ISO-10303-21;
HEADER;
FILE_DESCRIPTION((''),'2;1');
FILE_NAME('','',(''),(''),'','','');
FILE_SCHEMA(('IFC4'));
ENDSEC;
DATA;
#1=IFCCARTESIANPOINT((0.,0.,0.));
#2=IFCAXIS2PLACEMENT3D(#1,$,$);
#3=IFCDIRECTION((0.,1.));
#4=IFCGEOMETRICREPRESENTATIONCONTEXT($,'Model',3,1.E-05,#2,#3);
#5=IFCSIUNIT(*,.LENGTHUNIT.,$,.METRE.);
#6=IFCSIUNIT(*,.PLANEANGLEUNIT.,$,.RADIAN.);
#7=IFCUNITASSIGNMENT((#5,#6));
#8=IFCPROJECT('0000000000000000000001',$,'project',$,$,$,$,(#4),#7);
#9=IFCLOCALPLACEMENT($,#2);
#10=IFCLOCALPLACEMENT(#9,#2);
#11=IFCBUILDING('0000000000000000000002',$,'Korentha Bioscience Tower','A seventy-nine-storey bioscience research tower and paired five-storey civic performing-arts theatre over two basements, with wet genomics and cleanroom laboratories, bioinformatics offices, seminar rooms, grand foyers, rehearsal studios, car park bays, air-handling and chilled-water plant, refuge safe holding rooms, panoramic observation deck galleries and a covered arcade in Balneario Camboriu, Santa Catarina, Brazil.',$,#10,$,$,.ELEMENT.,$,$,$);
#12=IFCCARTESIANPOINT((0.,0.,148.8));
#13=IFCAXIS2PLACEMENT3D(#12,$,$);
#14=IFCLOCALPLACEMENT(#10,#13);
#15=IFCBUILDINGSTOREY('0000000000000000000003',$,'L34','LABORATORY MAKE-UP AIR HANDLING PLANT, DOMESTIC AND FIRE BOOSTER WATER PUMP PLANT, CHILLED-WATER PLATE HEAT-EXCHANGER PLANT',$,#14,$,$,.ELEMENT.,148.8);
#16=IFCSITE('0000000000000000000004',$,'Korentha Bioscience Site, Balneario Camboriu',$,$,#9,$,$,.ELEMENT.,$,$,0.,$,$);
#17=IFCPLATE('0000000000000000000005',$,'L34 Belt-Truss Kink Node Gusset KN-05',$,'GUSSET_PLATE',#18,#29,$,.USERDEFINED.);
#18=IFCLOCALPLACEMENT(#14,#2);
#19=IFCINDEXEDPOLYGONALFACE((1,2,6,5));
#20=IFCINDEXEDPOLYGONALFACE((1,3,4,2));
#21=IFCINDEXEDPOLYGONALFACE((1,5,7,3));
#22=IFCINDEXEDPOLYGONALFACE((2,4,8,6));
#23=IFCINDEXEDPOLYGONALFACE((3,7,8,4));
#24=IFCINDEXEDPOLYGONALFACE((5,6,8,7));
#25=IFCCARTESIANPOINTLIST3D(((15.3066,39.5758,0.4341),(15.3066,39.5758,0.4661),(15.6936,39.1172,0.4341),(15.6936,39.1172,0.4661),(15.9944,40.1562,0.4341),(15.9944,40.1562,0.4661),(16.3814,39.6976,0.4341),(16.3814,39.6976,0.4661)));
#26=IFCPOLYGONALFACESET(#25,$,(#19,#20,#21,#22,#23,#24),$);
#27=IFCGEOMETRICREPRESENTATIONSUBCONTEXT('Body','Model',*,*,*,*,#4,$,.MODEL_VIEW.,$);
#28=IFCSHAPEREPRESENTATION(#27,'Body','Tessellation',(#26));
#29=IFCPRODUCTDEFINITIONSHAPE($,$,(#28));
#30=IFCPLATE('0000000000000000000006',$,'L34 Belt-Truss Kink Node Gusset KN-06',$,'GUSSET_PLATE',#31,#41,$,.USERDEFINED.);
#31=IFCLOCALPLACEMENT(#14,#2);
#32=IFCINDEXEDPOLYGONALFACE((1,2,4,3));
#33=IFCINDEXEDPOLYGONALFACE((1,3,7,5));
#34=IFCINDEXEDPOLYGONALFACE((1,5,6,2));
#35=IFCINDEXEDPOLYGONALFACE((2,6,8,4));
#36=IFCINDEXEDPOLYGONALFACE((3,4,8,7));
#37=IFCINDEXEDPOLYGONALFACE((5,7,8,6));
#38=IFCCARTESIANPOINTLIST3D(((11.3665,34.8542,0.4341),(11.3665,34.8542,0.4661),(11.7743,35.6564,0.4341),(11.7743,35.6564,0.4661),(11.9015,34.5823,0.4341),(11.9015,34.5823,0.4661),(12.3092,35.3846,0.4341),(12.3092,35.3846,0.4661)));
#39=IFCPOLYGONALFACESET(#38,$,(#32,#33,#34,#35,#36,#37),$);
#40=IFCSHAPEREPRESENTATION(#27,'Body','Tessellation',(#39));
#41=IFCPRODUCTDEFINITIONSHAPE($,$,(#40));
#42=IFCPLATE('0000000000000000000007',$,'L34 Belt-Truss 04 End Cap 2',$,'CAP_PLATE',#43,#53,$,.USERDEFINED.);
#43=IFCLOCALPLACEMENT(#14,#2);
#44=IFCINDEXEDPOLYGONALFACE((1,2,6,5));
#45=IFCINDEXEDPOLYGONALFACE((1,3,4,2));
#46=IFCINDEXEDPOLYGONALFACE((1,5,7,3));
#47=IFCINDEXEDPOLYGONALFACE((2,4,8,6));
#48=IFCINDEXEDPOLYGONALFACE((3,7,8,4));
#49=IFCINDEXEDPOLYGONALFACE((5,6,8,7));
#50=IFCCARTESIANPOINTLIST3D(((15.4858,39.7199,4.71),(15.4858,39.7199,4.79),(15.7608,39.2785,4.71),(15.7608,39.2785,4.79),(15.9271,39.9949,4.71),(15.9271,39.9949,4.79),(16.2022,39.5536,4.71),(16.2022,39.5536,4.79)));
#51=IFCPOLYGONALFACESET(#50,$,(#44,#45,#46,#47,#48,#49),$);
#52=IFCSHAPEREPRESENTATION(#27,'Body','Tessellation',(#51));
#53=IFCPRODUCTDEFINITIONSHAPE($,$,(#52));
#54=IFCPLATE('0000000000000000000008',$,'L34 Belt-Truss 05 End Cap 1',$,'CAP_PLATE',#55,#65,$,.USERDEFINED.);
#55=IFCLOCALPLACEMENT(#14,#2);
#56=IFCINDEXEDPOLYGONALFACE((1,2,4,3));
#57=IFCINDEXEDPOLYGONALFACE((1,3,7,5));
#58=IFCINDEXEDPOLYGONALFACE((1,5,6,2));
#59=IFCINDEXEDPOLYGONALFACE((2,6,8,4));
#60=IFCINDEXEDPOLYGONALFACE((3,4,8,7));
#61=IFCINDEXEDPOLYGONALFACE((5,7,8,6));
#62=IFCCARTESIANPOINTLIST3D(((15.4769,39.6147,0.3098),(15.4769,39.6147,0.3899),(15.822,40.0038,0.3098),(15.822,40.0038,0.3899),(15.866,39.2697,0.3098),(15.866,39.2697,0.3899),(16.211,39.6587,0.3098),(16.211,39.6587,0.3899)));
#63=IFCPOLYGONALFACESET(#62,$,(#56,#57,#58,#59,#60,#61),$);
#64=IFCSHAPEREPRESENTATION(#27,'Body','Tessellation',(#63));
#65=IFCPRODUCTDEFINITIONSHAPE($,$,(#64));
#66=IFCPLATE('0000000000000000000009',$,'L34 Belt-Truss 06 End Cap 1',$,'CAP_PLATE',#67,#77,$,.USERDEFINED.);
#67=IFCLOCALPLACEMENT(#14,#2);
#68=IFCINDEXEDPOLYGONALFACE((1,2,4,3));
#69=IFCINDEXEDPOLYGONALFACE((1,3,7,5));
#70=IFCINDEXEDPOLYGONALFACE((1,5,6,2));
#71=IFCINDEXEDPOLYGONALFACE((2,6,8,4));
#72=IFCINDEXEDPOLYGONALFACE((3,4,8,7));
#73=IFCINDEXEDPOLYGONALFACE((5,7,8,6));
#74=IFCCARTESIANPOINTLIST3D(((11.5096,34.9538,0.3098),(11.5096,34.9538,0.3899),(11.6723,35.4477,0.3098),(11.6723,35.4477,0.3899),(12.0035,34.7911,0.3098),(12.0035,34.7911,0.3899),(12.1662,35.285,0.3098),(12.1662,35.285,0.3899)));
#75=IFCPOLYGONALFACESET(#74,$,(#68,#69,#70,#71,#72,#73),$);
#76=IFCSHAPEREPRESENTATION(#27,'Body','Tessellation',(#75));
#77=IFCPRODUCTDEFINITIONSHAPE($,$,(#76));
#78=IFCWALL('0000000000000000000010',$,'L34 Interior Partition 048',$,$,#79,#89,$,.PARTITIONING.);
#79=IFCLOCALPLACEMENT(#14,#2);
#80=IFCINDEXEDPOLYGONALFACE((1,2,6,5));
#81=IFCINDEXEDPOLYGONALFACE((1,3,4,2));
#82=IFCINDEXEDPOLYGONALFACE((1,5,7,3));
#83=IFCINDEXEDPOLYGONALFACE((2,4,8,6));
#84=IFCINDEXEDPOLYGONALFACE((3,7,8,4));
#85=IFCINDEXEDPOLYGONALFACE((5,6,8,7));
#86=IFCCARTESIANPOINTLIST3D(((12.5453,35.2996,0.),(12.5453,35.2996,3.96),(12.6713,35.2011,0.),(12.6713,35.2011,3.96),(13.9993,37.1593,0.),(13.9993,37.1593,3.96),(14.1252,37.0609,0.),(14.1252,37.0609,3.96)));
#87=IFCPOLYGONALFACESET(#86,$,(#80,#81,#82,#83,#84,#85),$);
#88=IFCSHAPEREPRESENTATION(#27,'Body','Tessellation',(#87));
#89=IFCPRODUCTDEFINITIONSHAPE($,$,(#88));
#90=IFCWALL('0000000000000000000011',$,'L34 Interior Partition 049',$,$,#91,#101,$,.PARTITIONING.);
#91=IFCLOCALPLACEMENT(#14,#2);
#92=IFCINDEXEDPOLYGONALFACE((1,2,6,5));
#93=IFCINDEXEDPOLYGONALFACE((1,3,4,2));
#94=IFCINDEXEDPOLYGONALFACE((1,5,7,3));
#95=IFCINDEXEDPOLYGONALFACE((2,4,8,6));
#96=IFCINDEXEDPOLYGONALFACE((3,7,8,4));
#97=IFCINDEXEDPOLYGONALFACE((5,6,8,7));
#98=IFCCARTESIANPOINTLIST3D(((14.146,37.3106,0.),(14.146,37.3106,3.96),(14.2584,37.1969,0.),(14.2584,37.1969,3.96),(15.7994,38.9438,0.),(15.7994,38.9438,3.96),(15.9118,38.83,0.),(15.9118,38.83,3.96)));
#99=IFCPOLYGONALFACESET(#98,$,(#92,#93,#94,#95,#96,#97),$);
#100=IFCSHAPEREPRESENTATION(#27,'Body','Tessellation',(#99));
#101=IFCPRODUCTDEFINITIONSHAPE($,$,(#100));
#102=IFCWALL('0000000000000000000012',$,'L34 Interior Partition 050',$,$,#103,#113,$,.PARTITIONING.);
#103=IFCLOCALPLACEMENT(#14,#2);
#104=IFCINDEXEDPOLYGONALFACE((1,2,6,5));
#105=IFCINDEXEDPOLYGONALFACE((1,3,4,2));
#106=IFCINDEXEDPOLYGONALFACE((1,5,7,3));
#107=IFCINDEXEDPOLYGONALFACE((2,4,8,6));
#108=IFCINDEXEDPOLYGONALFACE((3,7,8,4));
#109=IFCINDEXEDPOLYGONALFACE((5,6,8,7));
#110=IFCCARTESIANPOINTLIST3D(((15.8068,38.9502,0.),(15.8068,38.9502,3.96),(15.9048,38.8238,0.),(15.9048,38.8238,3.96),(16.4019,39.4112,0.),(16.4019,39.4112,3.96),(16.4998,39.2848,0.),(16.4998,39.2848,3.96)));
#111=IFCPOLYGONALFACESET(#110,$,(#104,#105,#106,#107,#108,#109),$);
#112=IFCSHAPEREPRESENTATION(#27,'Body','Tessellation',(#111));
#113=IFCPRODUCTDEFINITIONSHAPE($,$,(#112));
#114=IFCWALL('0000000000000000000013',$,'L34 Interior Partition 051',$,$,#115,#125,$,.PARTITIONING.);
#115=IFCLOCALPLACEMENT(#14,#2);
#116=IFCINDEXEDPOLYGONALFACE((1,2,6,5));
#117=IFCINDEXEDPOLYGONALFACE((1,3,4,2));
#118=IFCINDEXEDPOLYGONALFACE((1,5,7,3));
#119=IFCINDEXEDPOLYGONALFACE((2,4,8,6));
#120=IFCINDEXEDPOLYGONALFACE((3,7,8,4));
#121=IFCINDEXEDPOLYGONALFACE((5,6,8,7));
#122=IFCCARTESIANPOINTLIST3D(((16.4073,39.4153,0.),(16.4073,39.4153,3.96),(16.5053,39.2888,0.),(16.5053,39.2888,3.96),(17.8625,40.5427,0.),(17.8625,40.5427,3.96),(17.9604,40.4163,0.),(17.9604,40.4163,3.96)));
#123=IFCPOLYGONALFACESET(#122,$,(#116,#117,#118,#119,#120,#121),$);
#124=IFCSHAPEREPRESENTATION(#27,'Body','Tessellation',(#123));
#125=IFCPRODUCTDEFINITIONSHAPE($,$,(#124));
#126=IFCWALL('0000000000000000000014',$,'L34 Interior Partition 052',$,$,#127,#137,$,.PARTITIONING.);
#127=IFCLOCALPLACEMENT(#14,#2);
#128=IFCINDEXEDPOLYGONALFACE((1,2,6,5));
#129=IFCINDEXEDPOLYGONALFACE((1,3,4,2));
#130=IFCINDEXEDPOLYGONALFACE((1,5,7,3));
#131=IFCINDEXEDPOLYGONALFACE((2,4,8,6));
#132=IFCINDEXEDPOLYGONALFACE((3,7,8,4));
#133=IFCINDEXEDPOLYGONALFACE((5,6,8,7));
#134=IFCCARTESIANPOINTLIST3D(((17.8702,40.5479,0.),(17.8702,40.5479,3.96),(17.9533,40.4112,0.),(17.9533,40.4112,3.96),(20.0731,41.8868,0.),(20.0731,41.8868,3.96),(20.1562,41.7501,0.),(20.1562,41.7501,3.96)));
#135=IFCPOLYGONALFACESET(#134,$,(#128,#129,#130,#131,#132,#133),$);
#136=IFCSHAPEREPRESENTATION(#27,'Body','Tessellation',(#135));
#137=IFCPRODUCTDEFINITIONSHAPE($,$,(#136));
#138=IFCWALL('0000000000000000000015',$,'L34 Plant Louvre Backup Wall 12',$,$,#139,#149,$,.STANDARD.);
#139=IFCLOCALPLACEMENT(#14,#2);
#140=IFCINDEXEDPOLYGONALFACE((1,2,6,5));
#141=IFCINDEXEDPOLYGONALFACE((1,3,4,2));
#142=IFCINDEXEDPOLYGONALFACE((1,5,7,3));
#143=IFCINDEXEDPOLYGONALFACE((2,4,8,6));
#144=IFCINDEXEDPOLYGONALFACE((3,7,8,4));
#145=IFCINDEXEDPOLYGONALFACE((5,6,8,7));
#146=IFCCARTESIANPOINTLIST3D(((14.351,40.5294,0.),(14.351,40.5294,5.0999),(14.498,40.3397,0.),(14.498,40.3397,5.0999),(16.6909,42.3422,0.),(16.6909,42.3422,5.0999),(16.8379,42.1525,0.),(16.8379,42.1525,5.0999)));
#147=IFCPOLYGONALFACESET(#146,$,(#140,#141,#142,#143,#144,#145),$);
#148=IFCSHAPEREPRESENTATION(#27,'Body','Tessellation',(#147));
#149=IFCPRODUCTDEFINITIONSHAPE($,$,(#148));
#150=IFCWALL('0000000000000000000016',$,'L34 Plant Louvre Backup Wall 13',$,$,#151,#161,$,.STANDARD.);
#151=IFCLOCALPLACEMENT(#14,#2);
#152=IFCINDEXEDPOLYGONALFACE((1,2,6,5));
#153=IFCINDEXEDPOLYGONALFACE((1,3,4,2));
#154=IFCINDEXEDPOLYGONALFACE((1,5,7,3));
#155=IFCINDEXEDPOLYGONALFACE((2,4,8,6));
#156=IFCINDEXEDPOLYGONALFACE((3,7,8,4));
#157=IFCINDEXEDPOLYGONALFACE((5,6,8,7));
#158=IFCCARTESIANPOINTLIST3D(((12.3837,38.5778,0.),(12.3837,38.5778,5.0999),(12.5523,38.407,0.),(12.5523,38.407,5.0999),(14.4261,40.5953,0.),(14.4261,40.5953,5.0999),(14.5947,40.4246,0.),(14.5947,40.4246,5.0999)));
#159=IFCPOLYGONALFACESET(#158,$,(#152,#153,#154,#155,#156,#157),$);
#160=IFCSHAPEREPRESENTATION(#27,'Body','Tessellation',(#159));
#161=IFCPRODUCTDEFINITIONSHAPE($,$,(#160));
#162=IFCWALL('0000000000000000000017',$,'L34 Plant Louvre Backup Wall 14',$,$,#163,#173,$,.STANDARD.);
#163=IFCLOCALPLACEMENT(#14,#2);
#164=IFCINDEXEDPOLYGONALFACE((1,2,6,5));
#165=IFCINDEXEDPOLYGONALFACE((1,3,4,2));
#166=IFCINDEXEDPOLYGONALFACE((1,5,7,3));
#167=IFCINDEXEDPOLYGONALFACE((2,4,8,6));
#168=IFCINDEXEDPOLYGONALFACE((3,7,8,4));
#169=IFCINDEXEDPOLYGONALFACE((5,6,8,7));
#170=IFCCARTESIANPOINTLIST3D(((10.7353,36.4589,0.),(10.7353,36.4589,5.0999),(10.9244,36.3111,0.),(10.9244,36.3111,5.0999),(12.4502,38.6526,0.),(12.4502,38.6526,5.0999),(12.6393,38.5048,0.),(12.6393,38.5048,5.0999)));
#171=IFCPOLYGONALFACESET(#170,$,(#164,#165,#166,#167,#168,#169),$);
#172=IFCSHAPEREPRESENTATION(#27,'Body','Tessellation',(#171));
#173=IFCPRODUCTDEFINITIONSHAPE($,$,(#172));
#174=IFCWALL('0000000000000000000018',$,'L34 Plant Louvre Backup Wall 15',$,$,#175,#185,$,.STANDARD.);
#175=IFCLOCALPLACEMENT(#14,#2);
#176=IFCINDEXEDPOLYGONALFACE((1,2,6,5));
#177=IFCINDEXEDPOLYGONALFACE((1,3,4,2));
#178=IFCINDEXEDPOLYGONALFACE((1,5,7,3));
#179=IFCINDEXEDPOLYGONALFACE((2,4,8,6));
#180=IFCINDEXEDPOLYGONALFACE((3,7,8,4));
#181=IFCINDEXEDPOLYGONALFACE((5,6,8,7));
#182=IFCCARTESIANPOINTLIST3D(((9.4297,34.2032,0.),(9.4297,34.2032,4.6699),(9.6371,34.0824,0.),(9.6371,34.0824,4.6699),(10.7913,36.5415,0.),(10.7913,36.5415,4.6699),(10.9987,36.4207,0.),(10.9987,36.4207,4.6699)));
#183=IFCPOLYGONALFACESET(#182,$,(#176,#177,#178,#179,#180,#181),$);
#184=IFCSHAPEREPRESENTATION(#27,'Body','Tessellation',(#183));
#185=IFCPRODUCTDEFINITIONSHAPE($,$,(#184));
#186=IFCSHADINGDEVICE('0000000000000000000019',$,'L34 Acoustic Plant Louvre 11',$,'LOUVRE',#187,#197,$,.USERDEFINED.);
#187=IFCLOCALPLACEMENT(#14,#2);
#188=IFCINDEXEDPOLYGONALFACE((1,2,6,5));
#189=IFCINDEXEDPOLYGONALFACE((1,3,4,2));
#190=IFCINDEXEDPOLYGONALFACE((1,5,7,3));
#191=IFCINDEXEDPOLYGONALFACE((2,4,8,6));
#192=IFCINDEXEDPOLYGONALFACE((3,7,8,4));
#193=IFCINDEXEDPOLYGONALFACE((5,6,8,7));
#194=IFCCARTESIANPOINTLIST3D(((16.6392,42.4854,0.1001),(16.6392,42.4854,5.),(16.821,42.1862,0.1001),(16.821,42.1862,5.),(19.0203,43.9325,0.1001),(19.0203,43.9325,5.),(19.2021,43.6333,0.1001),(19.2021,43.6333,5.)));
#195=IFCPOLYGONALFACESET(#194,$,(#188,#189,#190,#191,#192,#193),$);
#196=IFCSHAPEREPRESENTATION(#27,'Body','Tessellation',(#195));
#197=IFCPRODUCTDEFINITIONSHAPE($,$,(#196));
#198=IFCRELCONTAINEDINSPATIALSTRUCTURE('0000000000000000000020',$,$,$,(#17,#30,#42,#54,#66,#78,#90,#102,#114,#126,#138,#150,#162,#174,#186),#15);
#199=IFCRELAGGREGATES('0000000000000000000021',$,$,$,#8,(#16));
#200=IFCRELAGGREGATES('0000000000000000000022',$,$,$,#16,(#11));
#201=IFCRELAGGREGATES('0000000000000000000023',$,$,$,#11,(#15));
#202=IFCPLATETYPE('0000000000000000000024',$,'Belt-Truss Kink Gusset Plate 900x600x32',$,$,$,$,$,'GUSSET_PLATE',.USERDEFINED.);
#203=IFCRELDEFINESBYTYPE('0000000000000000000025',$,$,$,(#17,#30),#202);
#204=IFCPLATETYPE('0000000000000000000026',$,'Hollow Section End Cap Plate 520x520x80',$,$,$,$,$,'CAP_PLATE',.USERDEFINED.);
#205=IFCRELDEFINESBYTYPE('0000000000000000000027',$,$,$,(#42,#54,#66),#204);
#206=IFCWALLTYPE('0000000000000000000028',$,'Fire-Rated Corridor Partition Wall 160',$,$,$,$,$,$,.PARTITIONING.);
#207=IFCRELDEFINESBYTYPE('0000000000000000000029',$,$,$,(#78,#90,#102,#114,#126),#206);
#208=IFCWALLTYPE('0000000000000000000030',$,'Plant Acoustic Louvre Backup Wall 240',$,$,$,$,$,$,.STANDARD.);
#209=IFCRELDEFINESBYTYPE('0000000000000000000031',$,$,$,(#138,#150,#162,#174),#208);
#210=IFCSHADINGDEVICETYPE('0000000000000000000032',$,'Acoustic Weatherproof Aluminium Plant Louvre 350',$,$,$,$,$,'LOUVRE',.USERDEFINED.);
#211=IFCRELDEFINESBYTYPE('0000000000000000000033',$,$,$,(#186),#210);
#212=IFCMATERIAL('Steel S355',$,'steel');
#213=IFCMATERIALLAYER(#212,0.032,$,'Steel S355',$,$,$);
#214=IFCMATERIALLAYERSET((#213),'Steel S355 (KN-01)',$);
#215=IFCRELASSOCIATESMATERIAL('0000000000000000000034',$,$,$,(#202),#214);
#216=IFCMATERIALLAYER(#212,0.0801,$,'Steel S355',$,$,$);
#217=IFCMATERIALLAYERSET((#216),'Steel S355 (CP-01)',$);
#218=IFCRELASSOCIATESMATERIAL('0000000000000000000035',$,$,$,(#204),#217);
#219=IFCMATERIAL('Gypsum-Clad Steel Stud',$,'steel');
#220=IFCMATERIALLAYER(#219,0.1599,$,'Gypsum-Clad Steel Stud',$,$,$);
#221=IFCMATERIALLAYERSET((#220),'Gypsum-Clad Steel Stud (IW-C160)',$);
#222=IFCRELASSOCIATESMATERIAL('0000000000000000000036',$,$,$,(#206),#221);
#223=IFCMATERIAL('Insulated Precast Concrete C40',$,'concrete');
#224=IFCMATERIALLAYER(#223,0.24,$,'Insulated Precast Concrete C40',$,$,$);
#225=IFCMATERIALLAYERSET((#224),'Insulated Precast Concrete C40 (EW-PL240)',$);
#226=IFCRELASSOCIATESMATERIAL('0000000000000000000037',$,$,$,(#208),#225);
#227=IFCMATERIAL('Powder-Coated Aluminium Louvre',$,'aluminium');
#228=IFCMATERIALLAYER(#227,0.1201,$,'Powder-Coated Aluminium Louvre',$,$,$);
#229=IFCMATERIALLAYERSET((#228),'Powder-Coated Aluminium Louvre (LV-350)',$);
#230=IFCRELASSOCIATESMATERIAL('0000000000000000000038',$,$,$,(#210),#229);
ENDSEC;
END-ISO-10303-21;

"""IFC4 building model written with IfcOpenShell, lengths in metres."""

from ifc_helpers import new_model, si_unit, direction, frame, frame_2d, origin, origin_2d, place, context, subcontext, project, spatial, rectangle, extrude, material, layer, layer_set, type_object, element, save


model = new_model("IFC4")

# Units and contexts
model_context = context("Model", 3, precision=1e-05, world=origin(), true_north=direction((0.0, 1.0)))
body_context = subcontext(model_context, "Body", "Model", "MODEL_VIEW")
ifc_project = project(units=[si_unit("LENGTHUNIT", "METRE"), si_unit("PLANEANGLEUNIT", "RADIAN")], contexts=[model_context])

# Site, building, storey
site_placement = place(None, origin())
site = spatial("IfcSite", under=ifc_project, at=site_placement, Name="Korentha Bioscience Site, Balneario Camboriu", CompositionType="ELEMENT", RefElevation=0.0)
building_placement = place(site_placement, origin())
building = spatial("IfcBuilding", under=site, at=building_placement, Name="Korentha Bioscience Tower", Description="A seventy-nine-storey bioscience research tower and paired five-storey civic performing-arts theatre over two basements, with wet genomics and cleanroom laboratories, bioinformatics offices, seminar rooms, grand foyers, rehearsal studios, car park bays, air-handling and chilled-water plant, refuge safe holding rooms, panoramic observation deck galleries and a covered arcade in Balneario Camboriu, Santa Catarina, Brazil.", CompositionType="ELEMENT")
storey_placement = place(building_placement, frame((0.0, 0.0, 148.8)))
storey = spatial("IfcBuildingStorey", under=building, at=storey_placement, Name="L34", Description="LABORATORY MAKE-UP AIR HANDLING PLANT, DOMESTIC AND FIRE BOOSTER WATER PUMP PLANT, CHILLED-WATER PLATE HEAT-EXCHANGER PLANT", CompositionType="ELEMENT", Elevation=148.8)

# Shared definitions
ifc_material_1 = material(Name="Steel S355", Category="steel")

# Plates
ifc_layer_1 = layer(ifc_material_1, 0.032, Name="Steel S355")
ifc_layer_set_1 = layer_set([ifc_layer_1], Name="Steel S355 (KN-01)")
plate_type_1 = type_object("IfcPlateType", Name="Belt-Truss Kink Gusset Plate 900x600x32", ElementType="GUSSET_PLATE", PredefinedType="USERDEFINED", material=ifc_layer_set_1)
for number, where, z_axis, x_axis, name in (
    (1, (15.844, 39.6367, 0.4341), (0.0, 0.0, 1.0), (0.764246, 0.644924, 0.0), "L34 Belt-Truss Kink Node Gusset KN-05"),
    (2, (11.8379, 35.1194, 0.4341), (0.0, 0.0, 1.0), (0.453057, 0.891481, 0.0), "L34 Belt-Truss Kink Node Gusset KN-06"),
):
    element("IfcPlate", number, at=place(storey_placement, frame(where, z_axis=z_axis, x_axis=x_axis)), inside=storey, type_object=plate_type_1, Name=name, ObjectType="GUSSET_PLATE", PredefinedType="USERDEFINED", context=body_context, shape_type="SweptSolid", body=[
        extrude(rectangle(XDim=0.8999, YDim=0.6001, at=origin_2d()), origin(), (0.0, 0.0, 1.0), 0.032),
    ])
ifc_layer_2 = layer(ifc_material_1, 0.0801, Name="Steel S355")
ifc_layer_set_2 = layer_set([ifc_layer_2], Name="Steel S355 (CP-01)")
plate_type_2 = type_object("IfcPlateType", Name="Hollow Section End Cap Plate 520x520x80", ElementType="CAP_PLATE", PredefinedType="USERDEFINED", material=ifc_layer_set_2)
for number, where, z_axis, x_axis, name in (
    (3, (15.844, 39.6367, 4.71), (0.0, 0.0, 1.0), (0.848695, 0.528883, 0.0), "L34 Belt-Truss 04 End Cap 2"),
    (4, (15.844, 39.6367, 0.3098), (0.0, 0.0, 1.0), (0.663535, 0.748146, 0.0), "L34 Belt-Truss 05 End Cap 1"),
    (5, (11.8379, 35.1194, 0.3098), (0.0, 0.0, 1.0), (0.312832, 0.949808, 0.0), "L34 Belt-Truss 06 End Cap 1"),
):
    element("IfcPlate", number, at=place(storey_placement, frame(where, z_axis=z_axis, x_axis=x_axis)), inside=storey, type_object=plate_type_2, Name=name, ObjectType="CAP_PLATE", PredefinedType="USERDEFINED", context=body_context, shape_type="SweptSolid", body=[
        extrude(rectangle(XDim=0.52, YDim=0.52, at=origin_2d()), origin(), (0.0, 0.0, 1.0), 0.0801),
    ])

# Walls
ifc_material_2 = material(Name="Gypsum-Clad Steel Stud", Category="steel")
ifc_layer_3 = layer(ifc_material_2, 0.1599, Name="Gypsum-Clad Steel Stud")
ifc_layer_set_3 = layer_set([ifc_layer_3], Name="Gypsum-Clad Steel Stud (IW-C160)")
wall_type_1 = type_object("IfcWallType", Name="Fire-Rated Corridor Partition Wall 160", PredefinedType="PARTITIONING", material=ifc_layer_set_3)
wall_1_placement = place(storey_placement, frame((12.6084, 35.2505, 0.0), z_axis=(0.0, 0.0, 1.0), x_axis=(0.615915, 0.787813, 0.0)))
element("IfcWall", 6, at=wall_1_placement, inside=storey, type_object=wall_type_1, Name="L34 Interior Partition 048", PredefinedType="PARTITIONING", context=body_context, shape_type="SweptSolid", body=[
    extrude(rectangle(XDim=2.3606, YDim=0.1599, at=frame_2d((1.1802, 0.0))), origin(), (0.0, 0.0, 1.0), 3.96),
])
wall_2_placement = place(storey_placement, frame((14.2021, 37.2537, 0.0), z_axis=(0.0, 0.0, 1.0), x_axis=(0.711453, 0.702733, 0.0)))
element("IfcWall", 7, at=wall_2_placement, inside=storey, type_object=wall_type_1, Name="L34 Interior Partition 049", PredefinedType="PARTITIONING", context=body_context, shape_type="SweptSolid", body=[
    extrude(rectangle(XDim=2.324, YDim=0.1599, at=frame_2d((1.1621, 0.0))), origin(), (0.0, 0.0, 1.0), 3.96),
])
wall_3_placement = place(storey_placement, frame((15.8557, 38.887, 0.0), z_axis=(0.0, 0.0, 1.0), x_axis=(0.790521, 0.612435, 0.0)))
element("IfcWall", 8, at=wall_3_placement, inside=storey, type_object=wall_type_1, Name="L34 Interior Partition 050", PredefinedType="PARTITIONING", context=body_context, shape_type="SweptSolid", body=[
    extrude(rectangle(XDim=0.7527, YDim=0.1599, at=frame_2d((0.3765, 0.0))), origin(), (0.0, 0.0, 1.0), 3.96),
])
wall_4_placement = place(storey_placement, frame((16.4563, 39.3521, 0.0), z_axis=(0.0, 0.0, 1.0), x_axis=(0.790479, 0.612489, 0.0)))
element("IfcWall", 9, at=wall_4_placement, inside=storey, type_object=wall_type_1, Name="L34 Interior Partition 051", PredefinedType="PARTITIONING", context=body_context, shape_type="SweptSolid", body=[
    extrude(rectangle(XDim=1.8408, YDim=0.1599, at=frame_2d((0.9204, 0.0))), origin(), (0.0, 0.0, 1.0), 3.96),
])
wall_5_placement = place(storey_placement, frame((17.9116, 40.4795, 0.0), z_axis=(0.0, 0.0, 1.0), x_axis=(0.854546, 0.519376, 0.0)))
element("IfcWall", 10, at=wall_5_placement, inside=storey, type_object=wall_type_1, Name="L34 Interior Partition 052", PredefinedType="PARTITIONING", context=body_context, shape_type="SweptSolid", body=[
    extrude(rectangle(XDim=2.5779, YDim=0.1599, at=frame_2d((1.2891, 0.0))), origin(), (0.0, 0.0, 1.0), 3.96),
])
ifc_material_3 = material(Name="Insulated Precast Concrete C40", Category="concrete")
ifc_layer_4 = layer(ifc_material_3, 0.24, Name="Insulated Precast Concrete C40")
ifc_layer_set_4 = layer_set([ifc_layer_4], Name="Insulated Precast Concrete C40 (EW-PL240)")
wall_type_2 = type_object("IfcWallType", Name="Plant Acoustic Louvre Backup Wall 240", PredefinedType="STANDARD", material=ifc_layer_set_4)
wall_6_placement = place(storey_placement, frame((16.7644, 42.2473, 0.0), z_axis=(0.0, 0.0, 1.0), x_axis=(-0.790519, -0.612438, 0.0)))
element("IfcWall", 11, at=wall_6_placement, inside=storey, type_object=wall_type_2, Name="L34 Plant Louvre Backup Wall 12", PredefinedType="STANDARD", context=body_context, shape_type="SweptSolid", body=[
    extrude(rectangle(XDim=2.96, YDim=0.24, at=frame_2d((1.48, 0.0))), origin(), (0.0, 0.0, 1.0), 5.0999),
])
wall_7_placement = place(storey_placement, frame((14.5105, 40.51, 0.0), z_axis=(0.0, 0.0, 1.0), x_axis=(-0.71143, -0.702757, 0.0)))
element("IfcWall", 12, at=wall_7_placement, inside=storey, type_object=wall_type_2, Name="L34 Plant Louvre Backup Wall 13", PredefinedType="STANDARD", context=body_context, shape_type="SweptSolid", body=[
    extrude(rectangle(XDim=2.8708, YDim=0.24, at=frame_2d((1.4355, 0.0))), origin(), (0.0, 0.0, 1.0), 5.0999),
])
wall_8_placement = place(storey_placement, frame((12.5447, 38.5786, 0.0), z_axis=(0.0, 0.0, 1.0), x_axis=(-0.615887, -0.787834, 0.0)))
element("IfcWall", 13, at=wall_8_placement, inside=storey, type_object=wall_type_2, Name="L34 Plant Louvre Backup Wall 14", PredefinedType="STANDARD", context=body_context, shape_type="SweptSolid", body=[
    extrude(rectangle(XDim=2.7844, YDim=0.24, at=frame_2d((1.3921, 0.0))), origin(), (0.0, 0.0, 1.0), 5.0999),
])
wall_9_placement = place(storey_placement, frame((10.895, 36.4812, 0.0), z_axis=(0.0, 0.0, 1.0), x_axis=(-0.503186, -0.864178, 0.0)))
element("IfcWall", 14, at=wall_9_placement, inside=storey, type_object=wall_type_2, Name="L34 Plant Louvre Backup Wall 15", PredefinedType="STANDARD", context=body_context, shape_type="SweptSolid", body=[
    extrude(rectangle(XDim=2.7058, YDim=0.24, at=frame_2d((1.353, 0.0))), origin(), (0.0, 0.0, 1.0), 4.6699),
])

# Shading device
ifc_material_4 = material(Name="Powder-Coated Aluminium Louvre", Category="aluminium")
ifc_layer_5 = layer(ifc_material_4, 0.1201, Name="Powder-Coated Aluminium Louvre")
ifc_layer_set_5 = layer_set([ifc_layer_5], Name="Powder-Coated Aluminium Louvre (LV-350)")
shading_device_type = type_object("IfcShadingDeviceType", Name="Acoustic Weatherproof Aluminium Plant Louvre 350", ElementType="LOUVRE", PredefinedType="USERDEFINED", material=ifc_layer_set_5)
shading_device_1_placement = place(storey_placement, frame((17.9207, 43.0593, 0.1001), z_axis=(0.0, 0.0, 1.0), x_axis=(-0.854556, -0.519359, 0.0)))
element("IfcShadingDevice", 15, at=shading_device_1_placement, inside=storey, type_object=shading_device_type, Name="L34 Acoustic Plant Louvre 11", ObjectType="LOUVRE", PredefinedType="USERDEFINED", context=body_context, shape_type="SweptSolid", body=[
    extrude(rectangle(XDim=2.7864, YDim=0.3501, at=origin_2d()), origin(), (0.0, 0.0, 1.0), 4.8999),
])

save(model, "model.ifc")
